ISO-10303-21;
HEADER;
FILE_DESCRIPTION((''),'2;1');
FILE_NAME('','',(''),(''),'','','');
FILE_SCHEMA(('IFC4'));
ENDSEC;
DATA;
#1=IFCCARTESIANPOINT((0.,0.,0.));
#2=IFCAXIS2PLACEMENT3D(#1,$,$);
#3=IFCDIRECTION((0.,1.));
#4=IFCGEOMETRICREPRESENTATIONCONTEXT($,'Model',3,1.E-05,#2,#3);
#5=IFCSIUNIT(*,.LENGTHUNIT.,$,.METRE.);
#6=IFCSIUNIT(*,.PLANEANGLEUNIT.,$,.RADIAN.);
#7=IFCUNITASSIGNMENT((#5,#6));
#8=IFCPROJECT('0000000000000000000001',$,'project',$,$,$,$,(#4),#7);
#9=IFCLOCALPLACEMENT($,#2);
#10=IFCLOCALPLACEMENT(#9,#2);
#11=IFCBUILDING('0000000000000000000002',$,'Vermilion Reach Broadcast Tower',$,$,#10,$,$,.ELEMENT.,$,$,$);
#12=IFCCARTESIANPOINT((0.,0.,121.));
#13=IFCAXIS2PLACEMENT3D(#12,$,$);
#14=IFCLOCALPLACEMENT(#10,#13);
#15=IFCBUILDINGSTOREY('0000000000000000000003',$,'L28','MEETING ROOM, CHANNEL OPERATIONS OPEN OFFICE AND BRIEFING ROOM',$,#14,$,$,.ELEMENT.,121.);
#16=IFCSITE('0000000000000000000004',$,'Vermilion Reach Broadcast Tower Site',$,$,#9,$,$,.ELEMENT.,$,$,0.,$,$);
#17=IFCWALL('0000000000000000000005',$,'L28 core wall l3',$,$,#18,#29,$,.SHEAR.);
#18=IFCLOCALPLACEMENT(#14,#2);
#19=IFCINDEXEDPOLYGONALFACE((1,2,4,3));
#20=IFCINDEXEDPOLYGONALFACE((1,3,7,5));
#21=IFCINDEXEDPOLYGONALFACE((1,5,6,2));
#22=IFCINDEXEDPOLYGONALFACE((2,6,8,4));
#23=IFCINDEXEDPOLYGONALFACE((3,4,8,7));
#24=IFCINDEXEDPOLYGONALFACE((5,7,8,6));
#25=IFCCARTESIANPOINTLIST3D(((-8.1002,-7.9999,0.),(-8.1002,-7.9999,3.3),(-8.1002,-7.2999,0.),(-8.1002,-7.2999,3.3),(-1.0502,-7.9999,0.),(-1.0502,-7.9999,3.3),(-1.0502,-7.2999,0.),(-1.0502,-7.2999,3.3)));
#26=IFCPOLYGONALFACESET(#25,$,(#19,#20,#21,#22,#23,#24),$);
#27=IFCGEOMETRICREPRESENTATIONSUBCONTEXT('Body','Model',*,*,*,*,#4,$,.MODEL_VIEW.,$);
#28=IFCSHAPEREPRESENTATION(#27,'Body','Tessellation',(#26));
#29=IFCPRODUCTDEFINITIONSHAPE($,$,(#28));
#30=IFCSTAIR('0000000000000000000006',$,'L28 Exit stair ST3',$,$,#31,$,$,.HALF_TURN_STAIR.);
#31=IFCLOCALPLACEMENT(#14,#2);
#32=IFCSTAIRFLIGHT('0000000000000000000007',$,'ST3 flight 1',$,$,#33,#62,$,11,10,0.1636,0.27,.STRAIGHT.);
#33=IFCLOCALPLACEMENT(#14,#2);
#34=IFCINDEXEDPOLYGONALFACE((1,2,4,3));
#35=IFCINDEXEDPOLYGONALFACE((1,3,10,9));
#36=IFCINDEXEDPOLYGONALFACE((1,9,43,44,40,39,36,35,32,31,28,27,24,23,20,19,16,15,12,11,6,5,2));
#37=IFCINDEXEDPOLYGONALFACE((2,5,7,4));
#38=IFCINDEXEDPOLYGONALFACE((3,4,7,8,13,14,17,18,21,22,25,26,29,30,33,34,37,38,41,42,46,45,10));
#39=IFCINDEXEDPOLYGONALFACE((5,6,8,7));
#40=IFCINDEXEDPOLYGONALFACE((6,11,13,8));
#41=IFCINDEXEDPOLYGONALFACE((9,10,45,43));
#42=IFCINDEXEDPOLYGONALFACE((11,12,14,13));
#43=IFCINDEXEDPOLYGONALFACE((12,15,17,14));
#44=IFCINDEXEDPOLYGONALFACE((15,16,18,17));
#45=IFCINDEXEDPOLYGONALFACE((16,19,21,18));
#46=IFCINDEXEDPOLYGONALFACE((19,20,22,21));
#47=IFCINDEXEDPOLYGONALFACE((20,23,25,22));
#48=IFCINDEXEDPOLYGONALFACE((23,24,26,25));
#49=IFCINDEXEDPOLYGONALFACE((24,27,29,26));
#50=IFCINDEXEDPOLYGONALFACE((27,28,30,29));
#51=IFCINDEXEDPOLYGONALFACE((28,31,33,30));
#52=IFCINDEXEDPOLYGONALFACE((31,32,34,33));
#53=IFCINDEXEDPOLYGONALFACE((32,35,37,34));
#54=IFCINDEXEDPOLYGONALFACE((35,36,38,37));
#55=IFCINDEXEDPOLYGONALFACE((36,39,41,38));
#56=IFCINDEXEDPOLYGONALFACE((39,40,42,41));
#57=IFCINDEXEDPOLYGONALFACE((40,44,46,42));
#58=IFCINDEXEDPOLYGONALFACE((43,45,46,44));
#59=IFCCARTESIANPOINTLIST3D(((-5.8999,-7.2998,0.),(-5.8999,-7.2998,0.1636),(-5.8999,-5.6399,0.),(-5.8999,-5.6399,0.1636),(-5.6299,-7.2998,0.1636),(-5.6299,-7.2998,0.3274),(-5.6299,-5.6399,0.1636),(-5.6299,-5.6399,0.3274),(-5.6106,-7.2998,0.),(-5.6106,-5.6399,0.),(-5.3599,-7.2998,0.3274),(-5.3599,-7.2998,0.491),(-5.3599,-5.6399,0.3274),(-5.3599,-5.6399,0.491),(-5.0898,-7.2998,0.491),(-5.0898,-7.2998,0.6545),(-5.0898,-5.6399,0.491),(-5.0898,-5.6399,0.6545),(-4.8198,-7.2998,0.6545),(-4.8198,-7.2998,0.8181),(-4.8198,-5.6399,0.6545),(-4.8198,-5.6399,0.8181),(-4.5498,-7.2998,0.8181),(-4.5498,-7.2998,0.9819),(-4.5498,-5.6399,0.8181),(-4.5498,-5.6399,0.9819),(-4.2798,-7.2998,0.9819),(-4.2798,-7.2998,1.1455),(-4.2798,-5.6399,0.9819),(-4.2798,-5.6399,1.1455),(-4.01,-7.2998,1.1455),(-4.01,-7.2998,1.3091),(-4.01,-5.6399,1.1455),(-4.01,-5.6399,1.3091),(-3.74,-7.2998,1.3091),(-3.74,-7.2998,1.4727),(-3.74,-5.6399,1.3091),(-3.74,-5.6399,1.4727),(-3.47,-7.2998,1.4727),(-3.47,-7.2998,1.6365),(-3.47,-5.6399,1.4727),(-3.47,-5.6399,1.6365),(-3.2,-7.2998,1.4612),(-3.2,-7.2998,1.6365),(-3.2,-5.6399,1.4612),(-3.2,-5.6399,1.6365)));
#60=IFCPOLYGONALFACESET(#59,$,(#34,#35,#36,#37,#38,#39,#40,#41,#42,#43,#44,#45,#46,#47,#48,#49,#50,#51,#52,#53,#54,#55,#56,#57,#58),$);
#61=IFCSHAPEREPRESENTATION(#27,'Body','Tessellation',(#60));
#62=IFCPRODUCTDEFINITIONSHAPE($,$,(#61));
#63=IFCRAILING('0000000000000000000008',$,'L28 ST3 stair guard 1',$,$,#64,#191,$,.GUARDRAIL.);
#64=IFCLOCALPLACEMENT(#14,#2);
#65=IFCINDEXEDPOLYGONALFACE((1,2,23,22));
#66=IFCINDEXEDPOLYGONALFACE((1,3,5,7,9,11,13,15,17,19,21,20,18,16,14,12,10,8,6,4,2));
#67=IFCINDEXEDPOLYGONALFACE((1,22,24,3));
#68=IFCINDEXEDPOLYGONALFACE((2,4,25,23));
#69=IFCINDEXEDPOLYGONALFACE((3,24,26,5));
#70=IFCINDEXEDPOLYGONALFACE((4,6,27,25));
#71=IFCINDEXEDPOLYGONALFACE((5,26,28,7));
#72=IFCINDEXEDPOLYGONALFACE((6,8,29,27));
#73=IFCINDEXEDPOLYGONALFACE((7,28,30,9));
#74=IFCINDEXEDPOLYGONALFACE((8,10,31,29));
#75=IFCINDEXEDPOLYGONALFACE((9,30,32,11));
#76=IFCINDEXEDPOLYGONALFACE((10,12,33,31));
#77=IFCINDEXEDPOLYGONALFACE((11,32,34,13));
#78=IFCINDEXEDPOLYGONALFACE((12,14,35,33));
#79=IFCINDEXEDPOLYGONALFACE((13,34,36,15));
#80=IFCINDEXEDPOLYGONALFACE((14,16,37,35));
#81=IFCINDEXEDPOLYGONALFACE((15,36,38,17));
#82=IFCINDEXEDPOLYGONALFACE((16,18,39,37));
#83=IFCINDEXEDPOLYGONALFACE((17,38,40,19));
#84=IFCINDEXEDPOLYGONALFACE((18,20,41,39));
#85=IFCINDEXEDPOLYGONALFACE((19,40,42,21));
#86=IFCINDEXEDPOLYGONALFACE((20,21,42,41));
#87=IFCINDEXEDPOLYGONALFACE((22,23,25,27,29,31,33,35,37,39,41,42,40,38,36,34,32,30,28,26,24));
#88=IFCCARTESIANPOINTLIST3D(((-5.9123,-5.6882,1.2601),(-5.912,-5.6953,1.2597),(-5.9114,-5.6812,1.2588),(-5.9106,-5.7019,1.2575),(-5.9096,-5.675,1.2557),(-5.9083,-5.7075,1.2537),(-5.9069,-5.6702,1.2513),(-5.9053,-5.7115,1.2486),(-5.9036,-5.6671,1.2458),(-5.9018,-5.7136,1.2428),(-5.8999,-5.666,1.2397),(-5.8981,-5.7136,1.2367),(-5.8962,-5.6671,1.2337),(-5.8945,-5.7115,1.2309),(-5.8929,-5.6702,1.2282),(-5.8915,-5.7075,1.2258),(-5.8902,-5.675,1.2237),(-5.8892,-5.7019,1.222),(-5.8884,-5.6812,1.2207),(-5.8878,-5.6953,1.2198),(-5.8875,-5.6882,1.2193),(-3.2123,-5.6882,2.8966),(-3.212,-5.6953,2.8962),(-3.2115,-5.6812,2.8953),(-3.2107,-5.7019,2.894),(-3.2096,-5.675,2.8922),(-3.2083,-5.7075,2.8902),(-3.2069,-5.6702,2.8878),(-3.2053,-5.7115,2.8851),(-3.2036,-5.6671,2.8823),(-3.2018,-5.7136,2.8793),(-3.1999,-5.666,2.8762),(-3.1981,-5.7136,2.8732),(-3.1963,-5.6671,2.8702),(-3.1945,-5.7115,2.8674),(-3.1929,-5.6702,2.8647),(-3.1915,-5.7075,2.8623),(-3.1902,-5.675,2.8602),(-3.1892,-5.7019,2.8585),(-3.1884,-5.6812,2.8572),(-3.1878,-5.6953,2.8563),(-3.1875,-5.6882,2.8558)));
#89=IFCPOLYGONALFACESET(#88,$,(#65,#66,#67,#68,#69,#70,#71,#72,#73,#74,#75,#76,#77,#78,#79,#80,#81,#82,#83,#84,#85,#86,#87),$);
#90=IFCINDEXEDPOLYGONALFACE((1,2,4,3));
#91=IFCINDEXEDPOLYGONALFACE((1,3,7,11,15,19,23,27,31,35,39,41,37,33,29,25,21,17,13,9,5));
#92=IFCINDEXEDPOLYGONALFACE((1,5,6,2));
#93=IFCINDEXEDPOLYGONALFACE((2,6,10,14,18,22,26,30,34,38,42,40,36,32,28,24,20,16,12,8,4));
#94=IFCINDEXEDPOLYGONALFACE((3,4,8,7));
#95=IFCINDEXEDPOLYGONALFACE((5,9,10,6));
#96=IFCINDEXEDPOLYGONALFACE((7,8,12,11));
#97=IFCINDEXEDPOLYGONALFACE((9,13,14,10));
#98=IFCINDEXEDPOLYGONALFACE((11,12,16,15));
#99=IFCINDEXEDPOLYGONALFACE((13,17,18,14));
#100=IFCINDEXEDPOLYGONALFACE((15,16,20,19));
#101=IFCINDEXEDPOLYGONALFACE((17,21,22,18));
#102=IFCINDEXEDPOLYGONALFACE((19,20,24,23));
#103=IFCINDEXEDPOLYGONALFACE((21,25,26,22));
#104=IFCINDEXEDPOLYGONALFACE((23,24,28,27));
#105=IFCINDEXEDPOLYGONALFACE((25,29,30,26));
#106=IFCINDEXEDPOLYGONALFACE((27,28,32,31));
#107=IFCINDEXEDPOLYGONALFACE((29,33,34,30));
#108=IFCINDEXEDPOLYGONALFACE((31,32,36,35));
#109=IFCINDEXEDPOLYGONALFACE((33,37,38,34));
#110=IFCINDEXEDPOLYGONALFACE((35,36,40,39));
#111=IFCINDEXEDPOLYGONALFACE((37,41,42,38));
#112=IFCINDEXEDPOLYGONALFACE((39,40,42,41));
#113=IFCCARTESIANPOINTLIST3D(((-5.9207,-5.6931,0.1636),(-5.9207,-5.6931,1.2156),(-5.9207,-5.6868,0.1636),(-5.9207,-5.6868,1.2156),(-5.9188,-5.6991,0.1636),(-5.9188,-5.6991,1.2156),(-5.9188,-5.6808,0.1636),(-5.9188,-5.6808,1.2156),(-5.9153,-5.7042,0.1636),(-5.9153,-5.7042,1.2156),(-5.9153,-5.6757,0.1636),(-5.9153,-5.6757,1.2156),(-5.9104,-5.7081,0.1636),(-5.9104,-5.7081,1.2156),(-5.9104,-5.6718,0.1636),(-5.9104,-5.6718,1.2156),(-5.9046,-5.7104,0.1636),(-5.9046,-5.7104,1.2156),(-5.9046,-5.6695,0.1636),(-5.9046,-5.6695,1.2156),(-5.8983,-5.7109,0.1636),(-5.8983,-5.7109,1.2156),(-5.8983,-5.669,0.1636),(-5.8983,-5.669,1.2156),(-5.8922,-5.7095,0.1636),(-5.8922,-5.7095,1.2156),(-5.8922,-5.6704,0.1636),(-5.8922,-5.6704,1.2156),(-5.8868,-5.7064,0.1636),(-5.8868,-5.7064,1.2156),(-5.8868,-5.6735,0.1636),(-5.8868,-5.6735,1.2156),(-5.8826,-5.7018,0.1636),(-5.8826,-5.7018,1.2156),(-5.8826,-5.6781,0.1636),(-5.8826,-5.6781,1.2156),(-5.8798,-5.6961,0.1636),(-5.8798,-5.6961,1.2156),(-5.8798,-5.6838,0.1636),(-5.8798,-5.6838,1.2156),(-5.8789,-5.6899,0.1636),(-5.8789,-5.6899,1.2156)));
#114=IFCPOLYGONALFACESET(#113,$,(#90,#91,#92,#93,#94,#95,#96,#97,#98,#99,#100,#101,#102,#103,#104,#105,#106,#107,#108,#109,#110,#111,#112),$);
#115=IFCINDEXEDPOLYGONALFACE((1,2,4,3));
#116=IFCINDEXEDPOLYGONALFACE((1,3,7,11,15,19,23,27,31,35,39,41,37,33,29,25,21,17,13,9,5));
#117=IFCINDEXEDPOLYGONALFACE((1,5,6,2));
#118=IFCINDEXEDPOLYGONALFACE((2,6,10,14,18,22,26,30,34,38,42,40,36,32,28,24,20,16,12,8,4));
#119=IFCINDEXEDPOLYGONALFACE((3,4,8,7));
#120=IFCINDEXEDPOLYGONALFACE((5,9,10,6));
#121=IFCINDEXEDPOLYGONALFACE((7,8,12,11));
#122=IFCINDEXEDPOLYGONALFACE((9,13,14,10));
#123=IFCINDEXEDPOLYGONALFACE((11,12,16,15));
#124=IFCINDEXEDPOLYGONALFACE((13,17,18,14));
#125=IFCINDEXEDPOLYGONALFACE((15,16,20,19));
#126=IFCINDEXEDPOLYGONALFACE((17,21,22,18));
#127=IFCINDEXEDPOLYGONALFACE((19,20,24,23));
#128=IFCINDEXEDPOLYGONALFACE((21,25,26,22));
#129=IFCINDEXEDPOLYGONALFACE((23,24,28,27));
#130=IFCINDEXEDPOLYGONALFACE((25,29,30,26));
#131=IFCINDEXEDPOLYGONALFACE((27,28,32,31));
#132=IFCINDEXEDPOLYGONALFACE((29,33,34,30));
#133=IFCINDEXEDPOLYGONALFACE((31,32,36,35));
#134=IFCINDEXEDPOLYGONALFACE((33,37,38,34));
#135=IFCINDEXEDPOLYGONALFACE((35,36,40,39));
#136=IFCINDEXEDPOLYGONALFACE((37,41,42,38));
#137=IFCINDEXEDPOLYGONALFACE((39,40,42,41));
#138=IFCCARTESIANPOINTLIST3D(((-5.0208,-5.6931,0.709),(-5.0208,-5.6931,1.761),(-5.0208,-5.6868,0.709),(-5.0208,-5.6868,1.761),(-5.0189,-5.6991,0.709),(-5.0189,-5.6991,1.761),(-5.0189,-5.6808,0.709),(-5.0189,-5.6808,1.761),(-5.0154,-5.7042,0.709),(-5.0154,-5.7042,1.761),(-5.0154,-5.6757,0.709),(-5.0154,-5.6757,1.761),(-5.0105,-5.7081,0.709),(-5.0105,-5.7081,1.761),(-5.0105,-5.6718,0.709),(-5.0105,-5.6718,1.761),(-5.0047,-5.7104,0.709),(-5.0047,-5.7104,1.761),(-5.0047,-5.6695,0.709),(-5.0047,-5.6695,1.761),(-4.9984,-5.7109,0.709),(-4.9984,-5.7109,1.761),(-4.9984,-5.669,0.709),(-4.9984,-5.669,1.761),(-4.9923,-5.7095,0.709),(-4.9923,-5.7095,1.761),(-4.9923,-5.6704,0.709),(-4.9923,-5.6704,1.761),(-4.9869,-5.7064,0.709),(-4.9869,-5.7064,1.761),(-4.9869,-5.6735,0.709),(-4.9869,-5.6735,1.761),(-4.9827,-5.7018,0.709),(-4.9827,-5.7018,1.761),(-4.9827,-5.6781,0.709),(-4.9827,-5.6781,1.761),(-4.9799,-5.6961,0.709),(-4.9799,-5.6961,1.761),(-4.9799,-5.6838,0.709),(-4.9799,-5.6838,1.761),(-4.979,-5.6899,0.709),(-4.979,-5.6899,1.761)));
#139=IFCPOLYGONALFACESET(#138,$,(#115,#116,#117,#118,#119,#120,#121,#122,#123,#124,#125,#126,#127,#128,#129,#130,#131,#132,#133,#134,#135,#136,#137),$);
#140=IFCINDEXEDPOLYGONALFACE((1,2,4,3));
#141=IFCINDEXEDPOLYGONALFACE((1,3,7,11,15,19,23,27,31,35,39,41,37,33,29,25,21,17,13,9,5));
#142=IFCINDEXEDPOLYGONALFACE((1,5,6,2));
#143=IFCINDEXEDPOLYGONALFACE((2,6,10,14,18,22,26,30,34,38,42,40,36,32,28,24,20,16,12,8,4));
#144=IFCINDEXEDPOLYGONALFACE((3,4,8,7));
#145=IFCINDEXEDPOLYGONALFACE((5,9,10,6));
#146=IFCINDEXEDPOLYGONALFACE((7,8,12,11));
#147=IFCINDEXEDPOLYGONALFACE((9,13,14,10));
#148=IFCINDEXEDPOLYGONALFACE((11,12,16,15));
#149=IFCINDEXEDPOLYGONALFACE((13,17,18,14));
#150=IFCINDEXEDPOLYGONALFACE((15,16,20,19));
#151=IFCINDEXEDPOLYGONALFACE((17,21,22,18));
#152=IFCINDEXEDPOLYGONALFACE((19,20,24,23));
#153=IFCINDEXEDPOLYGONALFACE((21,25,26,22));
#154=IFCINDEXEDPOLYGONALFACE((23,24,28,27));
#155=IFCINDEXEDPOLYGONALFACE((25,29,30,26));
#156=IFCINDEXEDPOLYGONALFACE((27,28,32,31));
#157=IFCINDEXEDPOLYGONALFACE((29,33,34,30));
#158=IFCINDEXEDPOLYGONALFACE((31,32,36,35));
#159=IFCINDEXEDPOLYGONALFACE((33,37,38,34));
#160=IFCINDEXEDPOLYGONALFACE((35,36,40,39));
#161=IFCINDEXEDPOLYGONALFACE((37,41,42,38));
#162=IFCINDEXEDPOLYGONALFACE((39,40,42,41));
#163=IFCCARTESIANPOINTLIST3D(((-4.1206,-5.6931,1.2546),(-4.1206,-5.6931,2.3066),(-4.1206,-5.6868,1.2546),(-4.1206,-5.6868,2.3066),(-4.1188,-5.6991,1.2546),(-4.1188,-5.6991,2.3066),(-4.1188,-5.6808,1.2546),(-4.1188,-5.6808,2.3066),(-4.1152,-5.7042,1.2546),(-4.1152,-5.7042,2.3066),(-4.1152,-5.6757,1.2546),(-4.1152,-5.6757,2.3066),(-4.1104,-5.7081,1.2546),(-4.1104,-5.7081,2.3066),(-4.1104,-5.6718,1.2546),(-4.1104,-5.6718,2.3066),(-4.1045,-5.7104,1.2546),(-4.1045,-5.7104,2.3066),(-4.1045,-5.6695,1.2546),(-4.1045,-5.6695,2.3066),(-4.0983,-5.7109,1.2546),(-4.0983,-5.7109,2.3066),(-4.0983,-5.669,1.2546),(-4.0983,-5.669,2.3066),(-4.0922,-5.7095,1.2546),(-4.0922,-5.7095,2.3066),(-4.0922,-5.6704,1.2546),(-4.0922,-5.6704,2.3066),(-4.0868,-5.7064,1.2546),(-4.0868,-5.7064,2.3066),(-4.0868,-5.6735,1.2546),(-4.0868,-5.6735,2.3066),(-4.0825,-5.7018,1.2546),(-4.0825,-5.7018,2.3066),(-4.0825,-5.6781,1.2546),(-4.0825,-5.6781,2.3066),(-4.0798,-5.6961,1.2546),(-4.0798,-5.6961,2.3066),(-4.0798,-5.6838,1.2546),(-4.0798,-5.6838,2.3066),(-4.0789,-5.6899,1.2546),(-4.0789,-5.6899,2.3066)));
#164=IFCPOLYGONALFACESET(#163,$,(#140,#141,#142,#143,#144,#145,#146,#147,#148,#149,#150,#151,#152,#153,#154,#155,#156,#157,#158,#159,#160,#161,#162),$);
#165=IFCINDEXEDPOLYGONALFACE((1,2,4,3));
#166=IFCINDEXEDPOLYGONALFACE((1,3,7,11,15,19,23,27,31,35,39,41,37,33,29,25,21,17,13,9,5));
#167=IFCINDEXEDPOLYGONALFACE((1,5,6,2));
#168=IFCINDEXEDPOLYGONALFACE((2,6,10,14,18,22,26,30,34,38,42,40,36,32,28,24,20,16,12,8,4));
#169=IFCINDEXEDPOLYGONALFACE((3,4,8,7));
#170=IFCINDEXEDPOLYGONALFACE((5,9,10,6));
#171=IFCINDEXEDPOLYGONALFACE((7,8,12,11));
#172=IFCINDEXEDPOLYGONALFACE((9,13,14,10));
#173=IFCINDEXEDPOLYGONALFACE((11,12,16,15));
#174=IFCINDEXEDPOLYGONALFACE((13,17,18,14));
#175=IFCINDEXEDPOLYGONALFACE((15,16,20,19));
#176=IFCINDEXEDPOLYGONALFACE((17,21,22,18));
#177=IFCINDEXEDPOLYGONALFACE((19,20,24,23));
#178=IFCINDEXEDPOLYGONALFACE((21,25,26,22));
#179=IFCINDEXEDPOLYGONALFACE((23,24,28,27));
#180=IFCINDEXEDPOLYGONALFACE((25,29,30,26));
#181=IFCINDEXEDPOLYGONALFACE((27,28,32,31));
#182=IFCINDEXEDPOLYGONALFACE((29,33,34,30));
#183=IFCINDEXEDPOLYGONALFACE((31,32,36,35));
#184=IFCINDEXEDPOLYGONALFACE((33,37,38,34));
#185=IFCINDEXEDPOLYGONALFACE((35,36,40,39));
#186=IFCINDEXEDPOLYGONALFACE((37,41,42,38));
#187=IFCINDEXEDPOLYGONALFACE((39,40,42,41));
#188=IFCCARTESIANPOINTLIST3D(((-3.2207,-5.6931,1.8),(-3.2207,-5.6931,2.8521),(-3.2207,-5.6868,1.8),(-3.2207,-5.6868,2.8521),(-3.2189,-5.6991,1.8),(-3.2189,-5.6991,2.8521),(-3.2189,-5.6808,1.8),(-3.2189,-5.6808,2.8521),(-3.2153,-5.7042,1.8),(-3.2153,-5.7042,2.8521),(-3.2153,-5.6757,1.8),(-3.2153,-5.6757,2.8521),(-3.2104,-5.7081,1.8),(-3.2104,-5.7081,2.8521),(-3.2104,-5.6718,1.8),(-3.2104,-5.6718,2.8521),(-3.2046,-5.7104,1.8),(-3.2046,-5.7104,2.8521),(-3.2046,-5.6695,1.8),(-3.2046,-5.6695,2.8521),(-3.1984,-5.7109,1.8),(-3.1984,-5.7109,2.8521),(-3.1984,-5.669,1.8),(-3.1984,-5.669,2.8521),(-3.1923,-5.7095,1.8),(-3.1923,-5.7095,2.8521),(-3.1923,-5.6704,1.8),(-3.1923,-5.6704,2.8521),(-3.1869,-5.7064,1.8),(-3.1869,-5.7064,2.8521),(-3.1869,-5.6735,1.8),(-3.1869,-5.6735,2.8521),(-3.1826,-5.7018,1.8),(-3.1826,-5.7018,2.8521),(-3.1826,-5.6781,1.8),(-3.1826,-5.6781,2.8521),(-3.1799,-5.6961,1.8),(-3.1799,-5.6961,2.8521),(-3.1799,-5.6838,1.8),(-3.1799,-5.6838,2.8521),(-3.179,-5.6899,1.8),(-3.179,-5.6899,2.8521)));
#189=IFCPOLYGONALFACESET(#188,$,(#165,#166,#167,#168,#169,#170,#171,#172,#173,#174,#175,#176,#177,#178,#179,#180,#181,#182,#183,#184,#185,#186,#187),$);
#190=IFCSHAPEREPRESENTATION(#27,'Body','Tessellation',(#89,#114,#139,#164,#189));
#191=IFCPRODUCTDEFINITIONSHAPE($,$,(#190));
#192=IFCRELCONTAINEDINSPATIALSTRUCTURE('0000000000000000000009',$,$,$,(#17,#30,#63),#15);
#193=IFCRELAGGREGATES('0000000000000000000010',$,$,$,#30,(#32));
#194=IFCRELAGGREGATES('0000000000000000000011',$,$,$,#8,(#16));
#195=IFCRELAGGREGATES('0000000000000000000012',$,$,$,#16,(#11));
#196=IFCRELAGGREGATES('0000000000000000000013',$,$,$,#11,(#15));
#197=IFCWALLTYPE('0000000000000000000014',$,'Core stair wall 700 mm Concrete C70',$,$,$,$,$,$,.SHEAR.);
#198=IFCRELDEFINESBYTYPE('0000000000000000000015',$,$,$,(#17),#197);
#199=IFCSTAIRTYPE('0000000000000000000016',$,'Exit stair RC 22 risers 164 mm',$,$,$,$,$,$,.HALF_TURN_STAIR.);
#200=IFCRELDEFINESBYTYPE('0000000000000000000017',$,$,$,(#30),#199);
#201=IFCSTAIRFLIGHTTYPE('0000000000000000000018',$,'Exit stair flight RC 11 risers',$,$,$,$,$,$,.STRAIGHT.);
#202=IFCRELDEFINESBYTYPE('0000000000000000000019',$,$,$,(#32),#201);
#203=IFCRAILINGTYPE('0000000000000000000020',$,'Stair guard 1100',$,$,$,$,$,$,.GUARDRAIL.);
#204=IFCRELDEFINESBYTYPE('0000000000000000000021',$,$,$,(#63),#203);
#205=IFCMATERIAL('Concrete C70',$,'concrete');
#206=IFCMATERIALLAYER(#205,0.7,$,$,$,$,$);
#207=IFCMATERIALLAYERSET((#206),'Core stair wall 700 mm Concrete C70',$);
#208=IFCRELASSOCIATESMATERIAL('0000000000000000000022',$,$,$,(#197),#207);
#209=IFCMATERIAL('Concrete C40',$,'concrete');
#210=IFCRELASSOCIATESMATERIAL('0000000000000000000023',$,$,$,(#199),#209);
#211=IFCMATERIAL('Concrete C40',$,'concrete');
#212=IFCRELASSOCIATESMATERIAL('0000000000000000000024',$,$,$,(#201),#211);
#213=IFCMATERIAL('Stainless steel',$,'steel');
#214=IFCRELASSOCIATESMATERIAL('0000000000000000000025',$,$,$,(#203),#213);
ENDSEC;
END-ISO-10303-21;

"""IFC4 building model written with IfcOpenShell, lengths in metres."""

from ifc_helpers import new_model, si_unit, direction, frame, frame_2d, origin, origin_2d, place, context, subcontext, project, spatial, polyline, rectangle, circle, outline, extrude, material, layer, layer_set, type_object, element, aggregate, save


model = new_model("IFC4")

# Units and contexts
model_context = context("Model", 3, precision=1e-05, world=origin(), true_north=direction((0.0, 1.0)))
body_context = subcontext(model_context, "Body", "Model", "MODEL_VIEW")
ifc_project = project(units=[si_unit("LENGTHUNIT", "METRE"), si_unit("PLANEANGLEUNIT", "RADIAN")], contexts=[model_context])

# Site, building, storey
site_placement = place(None, origin())
site = spatial("IfcSite", under=ifc_project, at=site_placement, Name="Vermilion Reach Broadcast Tower Site", CompositionType="ELEMENT", RefElevation=0.0)
building_placement = place(site_placement, origin())
building = spatial("IfcBuilding", under=site, at=building_placement, Name="Vermilion Reach Broadcast Tower", CompositionType="ELEMENT")
storey_placement = place(building_placement, frame((0.0, 0.0, 121.0)))
storey = spatial("IfcBuildingStorey", under=building, at=storey_placement, Name="L28", Description="MEETING ROOM, CHANNEL OPERATIONS OPEN OFFICE AND BRIEFING ROOM", CompositionType="ELEMENT", Elevation=121.0)

# Wall
ifc_material_1 = material(Name="Concrete C70", Category="concrete")
ifc_layer_1 = layer(ifc_material_1, 0.7)
ifc_layer_set_1 = layer_set([ifc_layer_1], Name="Core stair wall 700 mm Concrete C70")
wall_type_1 = type_object("IfcWallType", Name="Core stair wall 700 mm Concrete C70", PredefinedType="SHEAR", material=ifc_layer_set_1)
wall_1_placement = place(storey_placement, frame((-8.1001, -7.6499, 0.0), z_axis=(0.0, 0.0, 1.0), x_axis=(1.0, 0.0, 0.0)))
element("IfcWall", 1, at=wall_1_placement, inside=storey, type_object=wall_type_1, Name="L28 core wall l3", PredefinedType="SHEAR", context=body_context, shape_type="SweptSolid", body=[
    extrude(rectangle(XDim=7.05, YDim=0.7, at=frame_2d((3.5249, 0.0))), origin(), (0.0, 0.0, 1.0), 3.3),
])

# Stair, stair flight
ifc_material_2 = material(Name="Concrete C40", Category="concrete")
stair_type = type_object("IfcStairType", Name="Exit stair RC 22 risers 164 mm", PredefinedType="HALF_TURN_STAIR", material=ifc_material_2)
stair_placement = place(storey_placement, origin())
stair = element("IfcStair", 2, at=stair_placement, inside=storey, type_object=stair_type, Name="L28 Exit stair ST3", PredefinedType="HALF_TURN_STAIR")
ifc_material_3 = material(Name="Concrete C40", Category="concrete")
stair_flight_type = type_object("IfcStairFlightType", Name="Exit stair flight RC 11 risers", PredefinedType="STRAIGHT", material=ifc_material_3)
stair_flight_placement = place(storey_placement, frame((-5.8999, -6.47, 0.0), z_axis=(0.0, 0.0, 1.0), x_axis=(1.0, 0.0, 0.0)))
stair_flight = element("IfcStairFlight", 3, at=stair_flight_placement, type_object=stair_flight_type, Name="ST3 flight 1", NumberOfRisers=11, NumberOfTreads=10, PredefinedType="STRAIGHT", RiserHeight=0.1636, TreadLength=0.27, context=body_context, shape_type="SweptSolid", body=[
    extrude(outline(polyline([(0.0, 0.0), (0.0, 0.1636), (0.27, 0.1636), (0.27, 0.3274), (0.54, 0.3274), (0.54, 0.491), (0.8101, 0.491), (0.8101, 0.6545), (1.0801, 0.6545), (1.0801, 0.8181), (1.3501, 0.8181), (1.3501, 0.9819), (1.6201, 0.9819), (1.6201, 1.1455), (1.8899, 1.1455), (1.8899, 1.3091), (2.1599, 1.3091), (2.1599, 1.4727), (2.4299, 1.4727), (2.4299, 1.6365), (2.7, 1.6365), (2.7, 1.8), (2.7, 1.4612), (0.2893, 0.0), (0.0, 0.0)])), frame((0.0, 0.8301, 0.0), z_axis=(0.0, -1.0, 0.0), x_axis=(1.0, 0.0, 0.0)), (0.0, 0.0, 1.0), 1.6599),
])
aggregate(stair, [stair_flight])

# Railing
ifc_material_4 = material(Name="Stainless steel", Category="steel")
railing_type_1 = type_object("IfcRailingType", Name="Stair guard 1100", PredefinedType="GUARDRAIL", material=ifc_material_4)
railing_1_placement = place(storey_placement, frame((-5.8999, -5.6899, 0.1636)))
element("IfcRailing", 4, at=railing_1_placement, inside=storey, type_object=railing_type_1, Name="L28 ST3 stair guard 1", PredefinedType="GUARDRAIL", context=body_context, shape_type="SweptSolid", body=[
    extrude(circle(Radius=0.0239, at=origin_2d()), frame((0.0, 0.0, 1.0762), z_axis=(0.855178, 0.0, 0.518334), x_axis=(0.0, 1.0, 0.0)), (0.0, 0.0, 1.0), 3.1572),
    extrude(circle(Radius=0.021, at=origin_2d()), origin(), (0.0, 0.0, 1.0), 1.052),
    extrude(circle(Radius=0.021, at=origin_2d()), frame((0.8999, 0.0, 0.5454)), (0.0, 0.0, 1.0), 1.052),
    extrude(circle(Radius=0.021, at=origin_2d()), frame((1.8, 0.0, 1.0911)), (0.0, 0.0, 1.0), 1.052),
    extrude(circle(Radius=0.021, at=origin_2d()), frame((2.7, 0.0, 1.6365)), (0.0, 0.0, 1.0), 1.052),
])

save(model, "model.ifc")
